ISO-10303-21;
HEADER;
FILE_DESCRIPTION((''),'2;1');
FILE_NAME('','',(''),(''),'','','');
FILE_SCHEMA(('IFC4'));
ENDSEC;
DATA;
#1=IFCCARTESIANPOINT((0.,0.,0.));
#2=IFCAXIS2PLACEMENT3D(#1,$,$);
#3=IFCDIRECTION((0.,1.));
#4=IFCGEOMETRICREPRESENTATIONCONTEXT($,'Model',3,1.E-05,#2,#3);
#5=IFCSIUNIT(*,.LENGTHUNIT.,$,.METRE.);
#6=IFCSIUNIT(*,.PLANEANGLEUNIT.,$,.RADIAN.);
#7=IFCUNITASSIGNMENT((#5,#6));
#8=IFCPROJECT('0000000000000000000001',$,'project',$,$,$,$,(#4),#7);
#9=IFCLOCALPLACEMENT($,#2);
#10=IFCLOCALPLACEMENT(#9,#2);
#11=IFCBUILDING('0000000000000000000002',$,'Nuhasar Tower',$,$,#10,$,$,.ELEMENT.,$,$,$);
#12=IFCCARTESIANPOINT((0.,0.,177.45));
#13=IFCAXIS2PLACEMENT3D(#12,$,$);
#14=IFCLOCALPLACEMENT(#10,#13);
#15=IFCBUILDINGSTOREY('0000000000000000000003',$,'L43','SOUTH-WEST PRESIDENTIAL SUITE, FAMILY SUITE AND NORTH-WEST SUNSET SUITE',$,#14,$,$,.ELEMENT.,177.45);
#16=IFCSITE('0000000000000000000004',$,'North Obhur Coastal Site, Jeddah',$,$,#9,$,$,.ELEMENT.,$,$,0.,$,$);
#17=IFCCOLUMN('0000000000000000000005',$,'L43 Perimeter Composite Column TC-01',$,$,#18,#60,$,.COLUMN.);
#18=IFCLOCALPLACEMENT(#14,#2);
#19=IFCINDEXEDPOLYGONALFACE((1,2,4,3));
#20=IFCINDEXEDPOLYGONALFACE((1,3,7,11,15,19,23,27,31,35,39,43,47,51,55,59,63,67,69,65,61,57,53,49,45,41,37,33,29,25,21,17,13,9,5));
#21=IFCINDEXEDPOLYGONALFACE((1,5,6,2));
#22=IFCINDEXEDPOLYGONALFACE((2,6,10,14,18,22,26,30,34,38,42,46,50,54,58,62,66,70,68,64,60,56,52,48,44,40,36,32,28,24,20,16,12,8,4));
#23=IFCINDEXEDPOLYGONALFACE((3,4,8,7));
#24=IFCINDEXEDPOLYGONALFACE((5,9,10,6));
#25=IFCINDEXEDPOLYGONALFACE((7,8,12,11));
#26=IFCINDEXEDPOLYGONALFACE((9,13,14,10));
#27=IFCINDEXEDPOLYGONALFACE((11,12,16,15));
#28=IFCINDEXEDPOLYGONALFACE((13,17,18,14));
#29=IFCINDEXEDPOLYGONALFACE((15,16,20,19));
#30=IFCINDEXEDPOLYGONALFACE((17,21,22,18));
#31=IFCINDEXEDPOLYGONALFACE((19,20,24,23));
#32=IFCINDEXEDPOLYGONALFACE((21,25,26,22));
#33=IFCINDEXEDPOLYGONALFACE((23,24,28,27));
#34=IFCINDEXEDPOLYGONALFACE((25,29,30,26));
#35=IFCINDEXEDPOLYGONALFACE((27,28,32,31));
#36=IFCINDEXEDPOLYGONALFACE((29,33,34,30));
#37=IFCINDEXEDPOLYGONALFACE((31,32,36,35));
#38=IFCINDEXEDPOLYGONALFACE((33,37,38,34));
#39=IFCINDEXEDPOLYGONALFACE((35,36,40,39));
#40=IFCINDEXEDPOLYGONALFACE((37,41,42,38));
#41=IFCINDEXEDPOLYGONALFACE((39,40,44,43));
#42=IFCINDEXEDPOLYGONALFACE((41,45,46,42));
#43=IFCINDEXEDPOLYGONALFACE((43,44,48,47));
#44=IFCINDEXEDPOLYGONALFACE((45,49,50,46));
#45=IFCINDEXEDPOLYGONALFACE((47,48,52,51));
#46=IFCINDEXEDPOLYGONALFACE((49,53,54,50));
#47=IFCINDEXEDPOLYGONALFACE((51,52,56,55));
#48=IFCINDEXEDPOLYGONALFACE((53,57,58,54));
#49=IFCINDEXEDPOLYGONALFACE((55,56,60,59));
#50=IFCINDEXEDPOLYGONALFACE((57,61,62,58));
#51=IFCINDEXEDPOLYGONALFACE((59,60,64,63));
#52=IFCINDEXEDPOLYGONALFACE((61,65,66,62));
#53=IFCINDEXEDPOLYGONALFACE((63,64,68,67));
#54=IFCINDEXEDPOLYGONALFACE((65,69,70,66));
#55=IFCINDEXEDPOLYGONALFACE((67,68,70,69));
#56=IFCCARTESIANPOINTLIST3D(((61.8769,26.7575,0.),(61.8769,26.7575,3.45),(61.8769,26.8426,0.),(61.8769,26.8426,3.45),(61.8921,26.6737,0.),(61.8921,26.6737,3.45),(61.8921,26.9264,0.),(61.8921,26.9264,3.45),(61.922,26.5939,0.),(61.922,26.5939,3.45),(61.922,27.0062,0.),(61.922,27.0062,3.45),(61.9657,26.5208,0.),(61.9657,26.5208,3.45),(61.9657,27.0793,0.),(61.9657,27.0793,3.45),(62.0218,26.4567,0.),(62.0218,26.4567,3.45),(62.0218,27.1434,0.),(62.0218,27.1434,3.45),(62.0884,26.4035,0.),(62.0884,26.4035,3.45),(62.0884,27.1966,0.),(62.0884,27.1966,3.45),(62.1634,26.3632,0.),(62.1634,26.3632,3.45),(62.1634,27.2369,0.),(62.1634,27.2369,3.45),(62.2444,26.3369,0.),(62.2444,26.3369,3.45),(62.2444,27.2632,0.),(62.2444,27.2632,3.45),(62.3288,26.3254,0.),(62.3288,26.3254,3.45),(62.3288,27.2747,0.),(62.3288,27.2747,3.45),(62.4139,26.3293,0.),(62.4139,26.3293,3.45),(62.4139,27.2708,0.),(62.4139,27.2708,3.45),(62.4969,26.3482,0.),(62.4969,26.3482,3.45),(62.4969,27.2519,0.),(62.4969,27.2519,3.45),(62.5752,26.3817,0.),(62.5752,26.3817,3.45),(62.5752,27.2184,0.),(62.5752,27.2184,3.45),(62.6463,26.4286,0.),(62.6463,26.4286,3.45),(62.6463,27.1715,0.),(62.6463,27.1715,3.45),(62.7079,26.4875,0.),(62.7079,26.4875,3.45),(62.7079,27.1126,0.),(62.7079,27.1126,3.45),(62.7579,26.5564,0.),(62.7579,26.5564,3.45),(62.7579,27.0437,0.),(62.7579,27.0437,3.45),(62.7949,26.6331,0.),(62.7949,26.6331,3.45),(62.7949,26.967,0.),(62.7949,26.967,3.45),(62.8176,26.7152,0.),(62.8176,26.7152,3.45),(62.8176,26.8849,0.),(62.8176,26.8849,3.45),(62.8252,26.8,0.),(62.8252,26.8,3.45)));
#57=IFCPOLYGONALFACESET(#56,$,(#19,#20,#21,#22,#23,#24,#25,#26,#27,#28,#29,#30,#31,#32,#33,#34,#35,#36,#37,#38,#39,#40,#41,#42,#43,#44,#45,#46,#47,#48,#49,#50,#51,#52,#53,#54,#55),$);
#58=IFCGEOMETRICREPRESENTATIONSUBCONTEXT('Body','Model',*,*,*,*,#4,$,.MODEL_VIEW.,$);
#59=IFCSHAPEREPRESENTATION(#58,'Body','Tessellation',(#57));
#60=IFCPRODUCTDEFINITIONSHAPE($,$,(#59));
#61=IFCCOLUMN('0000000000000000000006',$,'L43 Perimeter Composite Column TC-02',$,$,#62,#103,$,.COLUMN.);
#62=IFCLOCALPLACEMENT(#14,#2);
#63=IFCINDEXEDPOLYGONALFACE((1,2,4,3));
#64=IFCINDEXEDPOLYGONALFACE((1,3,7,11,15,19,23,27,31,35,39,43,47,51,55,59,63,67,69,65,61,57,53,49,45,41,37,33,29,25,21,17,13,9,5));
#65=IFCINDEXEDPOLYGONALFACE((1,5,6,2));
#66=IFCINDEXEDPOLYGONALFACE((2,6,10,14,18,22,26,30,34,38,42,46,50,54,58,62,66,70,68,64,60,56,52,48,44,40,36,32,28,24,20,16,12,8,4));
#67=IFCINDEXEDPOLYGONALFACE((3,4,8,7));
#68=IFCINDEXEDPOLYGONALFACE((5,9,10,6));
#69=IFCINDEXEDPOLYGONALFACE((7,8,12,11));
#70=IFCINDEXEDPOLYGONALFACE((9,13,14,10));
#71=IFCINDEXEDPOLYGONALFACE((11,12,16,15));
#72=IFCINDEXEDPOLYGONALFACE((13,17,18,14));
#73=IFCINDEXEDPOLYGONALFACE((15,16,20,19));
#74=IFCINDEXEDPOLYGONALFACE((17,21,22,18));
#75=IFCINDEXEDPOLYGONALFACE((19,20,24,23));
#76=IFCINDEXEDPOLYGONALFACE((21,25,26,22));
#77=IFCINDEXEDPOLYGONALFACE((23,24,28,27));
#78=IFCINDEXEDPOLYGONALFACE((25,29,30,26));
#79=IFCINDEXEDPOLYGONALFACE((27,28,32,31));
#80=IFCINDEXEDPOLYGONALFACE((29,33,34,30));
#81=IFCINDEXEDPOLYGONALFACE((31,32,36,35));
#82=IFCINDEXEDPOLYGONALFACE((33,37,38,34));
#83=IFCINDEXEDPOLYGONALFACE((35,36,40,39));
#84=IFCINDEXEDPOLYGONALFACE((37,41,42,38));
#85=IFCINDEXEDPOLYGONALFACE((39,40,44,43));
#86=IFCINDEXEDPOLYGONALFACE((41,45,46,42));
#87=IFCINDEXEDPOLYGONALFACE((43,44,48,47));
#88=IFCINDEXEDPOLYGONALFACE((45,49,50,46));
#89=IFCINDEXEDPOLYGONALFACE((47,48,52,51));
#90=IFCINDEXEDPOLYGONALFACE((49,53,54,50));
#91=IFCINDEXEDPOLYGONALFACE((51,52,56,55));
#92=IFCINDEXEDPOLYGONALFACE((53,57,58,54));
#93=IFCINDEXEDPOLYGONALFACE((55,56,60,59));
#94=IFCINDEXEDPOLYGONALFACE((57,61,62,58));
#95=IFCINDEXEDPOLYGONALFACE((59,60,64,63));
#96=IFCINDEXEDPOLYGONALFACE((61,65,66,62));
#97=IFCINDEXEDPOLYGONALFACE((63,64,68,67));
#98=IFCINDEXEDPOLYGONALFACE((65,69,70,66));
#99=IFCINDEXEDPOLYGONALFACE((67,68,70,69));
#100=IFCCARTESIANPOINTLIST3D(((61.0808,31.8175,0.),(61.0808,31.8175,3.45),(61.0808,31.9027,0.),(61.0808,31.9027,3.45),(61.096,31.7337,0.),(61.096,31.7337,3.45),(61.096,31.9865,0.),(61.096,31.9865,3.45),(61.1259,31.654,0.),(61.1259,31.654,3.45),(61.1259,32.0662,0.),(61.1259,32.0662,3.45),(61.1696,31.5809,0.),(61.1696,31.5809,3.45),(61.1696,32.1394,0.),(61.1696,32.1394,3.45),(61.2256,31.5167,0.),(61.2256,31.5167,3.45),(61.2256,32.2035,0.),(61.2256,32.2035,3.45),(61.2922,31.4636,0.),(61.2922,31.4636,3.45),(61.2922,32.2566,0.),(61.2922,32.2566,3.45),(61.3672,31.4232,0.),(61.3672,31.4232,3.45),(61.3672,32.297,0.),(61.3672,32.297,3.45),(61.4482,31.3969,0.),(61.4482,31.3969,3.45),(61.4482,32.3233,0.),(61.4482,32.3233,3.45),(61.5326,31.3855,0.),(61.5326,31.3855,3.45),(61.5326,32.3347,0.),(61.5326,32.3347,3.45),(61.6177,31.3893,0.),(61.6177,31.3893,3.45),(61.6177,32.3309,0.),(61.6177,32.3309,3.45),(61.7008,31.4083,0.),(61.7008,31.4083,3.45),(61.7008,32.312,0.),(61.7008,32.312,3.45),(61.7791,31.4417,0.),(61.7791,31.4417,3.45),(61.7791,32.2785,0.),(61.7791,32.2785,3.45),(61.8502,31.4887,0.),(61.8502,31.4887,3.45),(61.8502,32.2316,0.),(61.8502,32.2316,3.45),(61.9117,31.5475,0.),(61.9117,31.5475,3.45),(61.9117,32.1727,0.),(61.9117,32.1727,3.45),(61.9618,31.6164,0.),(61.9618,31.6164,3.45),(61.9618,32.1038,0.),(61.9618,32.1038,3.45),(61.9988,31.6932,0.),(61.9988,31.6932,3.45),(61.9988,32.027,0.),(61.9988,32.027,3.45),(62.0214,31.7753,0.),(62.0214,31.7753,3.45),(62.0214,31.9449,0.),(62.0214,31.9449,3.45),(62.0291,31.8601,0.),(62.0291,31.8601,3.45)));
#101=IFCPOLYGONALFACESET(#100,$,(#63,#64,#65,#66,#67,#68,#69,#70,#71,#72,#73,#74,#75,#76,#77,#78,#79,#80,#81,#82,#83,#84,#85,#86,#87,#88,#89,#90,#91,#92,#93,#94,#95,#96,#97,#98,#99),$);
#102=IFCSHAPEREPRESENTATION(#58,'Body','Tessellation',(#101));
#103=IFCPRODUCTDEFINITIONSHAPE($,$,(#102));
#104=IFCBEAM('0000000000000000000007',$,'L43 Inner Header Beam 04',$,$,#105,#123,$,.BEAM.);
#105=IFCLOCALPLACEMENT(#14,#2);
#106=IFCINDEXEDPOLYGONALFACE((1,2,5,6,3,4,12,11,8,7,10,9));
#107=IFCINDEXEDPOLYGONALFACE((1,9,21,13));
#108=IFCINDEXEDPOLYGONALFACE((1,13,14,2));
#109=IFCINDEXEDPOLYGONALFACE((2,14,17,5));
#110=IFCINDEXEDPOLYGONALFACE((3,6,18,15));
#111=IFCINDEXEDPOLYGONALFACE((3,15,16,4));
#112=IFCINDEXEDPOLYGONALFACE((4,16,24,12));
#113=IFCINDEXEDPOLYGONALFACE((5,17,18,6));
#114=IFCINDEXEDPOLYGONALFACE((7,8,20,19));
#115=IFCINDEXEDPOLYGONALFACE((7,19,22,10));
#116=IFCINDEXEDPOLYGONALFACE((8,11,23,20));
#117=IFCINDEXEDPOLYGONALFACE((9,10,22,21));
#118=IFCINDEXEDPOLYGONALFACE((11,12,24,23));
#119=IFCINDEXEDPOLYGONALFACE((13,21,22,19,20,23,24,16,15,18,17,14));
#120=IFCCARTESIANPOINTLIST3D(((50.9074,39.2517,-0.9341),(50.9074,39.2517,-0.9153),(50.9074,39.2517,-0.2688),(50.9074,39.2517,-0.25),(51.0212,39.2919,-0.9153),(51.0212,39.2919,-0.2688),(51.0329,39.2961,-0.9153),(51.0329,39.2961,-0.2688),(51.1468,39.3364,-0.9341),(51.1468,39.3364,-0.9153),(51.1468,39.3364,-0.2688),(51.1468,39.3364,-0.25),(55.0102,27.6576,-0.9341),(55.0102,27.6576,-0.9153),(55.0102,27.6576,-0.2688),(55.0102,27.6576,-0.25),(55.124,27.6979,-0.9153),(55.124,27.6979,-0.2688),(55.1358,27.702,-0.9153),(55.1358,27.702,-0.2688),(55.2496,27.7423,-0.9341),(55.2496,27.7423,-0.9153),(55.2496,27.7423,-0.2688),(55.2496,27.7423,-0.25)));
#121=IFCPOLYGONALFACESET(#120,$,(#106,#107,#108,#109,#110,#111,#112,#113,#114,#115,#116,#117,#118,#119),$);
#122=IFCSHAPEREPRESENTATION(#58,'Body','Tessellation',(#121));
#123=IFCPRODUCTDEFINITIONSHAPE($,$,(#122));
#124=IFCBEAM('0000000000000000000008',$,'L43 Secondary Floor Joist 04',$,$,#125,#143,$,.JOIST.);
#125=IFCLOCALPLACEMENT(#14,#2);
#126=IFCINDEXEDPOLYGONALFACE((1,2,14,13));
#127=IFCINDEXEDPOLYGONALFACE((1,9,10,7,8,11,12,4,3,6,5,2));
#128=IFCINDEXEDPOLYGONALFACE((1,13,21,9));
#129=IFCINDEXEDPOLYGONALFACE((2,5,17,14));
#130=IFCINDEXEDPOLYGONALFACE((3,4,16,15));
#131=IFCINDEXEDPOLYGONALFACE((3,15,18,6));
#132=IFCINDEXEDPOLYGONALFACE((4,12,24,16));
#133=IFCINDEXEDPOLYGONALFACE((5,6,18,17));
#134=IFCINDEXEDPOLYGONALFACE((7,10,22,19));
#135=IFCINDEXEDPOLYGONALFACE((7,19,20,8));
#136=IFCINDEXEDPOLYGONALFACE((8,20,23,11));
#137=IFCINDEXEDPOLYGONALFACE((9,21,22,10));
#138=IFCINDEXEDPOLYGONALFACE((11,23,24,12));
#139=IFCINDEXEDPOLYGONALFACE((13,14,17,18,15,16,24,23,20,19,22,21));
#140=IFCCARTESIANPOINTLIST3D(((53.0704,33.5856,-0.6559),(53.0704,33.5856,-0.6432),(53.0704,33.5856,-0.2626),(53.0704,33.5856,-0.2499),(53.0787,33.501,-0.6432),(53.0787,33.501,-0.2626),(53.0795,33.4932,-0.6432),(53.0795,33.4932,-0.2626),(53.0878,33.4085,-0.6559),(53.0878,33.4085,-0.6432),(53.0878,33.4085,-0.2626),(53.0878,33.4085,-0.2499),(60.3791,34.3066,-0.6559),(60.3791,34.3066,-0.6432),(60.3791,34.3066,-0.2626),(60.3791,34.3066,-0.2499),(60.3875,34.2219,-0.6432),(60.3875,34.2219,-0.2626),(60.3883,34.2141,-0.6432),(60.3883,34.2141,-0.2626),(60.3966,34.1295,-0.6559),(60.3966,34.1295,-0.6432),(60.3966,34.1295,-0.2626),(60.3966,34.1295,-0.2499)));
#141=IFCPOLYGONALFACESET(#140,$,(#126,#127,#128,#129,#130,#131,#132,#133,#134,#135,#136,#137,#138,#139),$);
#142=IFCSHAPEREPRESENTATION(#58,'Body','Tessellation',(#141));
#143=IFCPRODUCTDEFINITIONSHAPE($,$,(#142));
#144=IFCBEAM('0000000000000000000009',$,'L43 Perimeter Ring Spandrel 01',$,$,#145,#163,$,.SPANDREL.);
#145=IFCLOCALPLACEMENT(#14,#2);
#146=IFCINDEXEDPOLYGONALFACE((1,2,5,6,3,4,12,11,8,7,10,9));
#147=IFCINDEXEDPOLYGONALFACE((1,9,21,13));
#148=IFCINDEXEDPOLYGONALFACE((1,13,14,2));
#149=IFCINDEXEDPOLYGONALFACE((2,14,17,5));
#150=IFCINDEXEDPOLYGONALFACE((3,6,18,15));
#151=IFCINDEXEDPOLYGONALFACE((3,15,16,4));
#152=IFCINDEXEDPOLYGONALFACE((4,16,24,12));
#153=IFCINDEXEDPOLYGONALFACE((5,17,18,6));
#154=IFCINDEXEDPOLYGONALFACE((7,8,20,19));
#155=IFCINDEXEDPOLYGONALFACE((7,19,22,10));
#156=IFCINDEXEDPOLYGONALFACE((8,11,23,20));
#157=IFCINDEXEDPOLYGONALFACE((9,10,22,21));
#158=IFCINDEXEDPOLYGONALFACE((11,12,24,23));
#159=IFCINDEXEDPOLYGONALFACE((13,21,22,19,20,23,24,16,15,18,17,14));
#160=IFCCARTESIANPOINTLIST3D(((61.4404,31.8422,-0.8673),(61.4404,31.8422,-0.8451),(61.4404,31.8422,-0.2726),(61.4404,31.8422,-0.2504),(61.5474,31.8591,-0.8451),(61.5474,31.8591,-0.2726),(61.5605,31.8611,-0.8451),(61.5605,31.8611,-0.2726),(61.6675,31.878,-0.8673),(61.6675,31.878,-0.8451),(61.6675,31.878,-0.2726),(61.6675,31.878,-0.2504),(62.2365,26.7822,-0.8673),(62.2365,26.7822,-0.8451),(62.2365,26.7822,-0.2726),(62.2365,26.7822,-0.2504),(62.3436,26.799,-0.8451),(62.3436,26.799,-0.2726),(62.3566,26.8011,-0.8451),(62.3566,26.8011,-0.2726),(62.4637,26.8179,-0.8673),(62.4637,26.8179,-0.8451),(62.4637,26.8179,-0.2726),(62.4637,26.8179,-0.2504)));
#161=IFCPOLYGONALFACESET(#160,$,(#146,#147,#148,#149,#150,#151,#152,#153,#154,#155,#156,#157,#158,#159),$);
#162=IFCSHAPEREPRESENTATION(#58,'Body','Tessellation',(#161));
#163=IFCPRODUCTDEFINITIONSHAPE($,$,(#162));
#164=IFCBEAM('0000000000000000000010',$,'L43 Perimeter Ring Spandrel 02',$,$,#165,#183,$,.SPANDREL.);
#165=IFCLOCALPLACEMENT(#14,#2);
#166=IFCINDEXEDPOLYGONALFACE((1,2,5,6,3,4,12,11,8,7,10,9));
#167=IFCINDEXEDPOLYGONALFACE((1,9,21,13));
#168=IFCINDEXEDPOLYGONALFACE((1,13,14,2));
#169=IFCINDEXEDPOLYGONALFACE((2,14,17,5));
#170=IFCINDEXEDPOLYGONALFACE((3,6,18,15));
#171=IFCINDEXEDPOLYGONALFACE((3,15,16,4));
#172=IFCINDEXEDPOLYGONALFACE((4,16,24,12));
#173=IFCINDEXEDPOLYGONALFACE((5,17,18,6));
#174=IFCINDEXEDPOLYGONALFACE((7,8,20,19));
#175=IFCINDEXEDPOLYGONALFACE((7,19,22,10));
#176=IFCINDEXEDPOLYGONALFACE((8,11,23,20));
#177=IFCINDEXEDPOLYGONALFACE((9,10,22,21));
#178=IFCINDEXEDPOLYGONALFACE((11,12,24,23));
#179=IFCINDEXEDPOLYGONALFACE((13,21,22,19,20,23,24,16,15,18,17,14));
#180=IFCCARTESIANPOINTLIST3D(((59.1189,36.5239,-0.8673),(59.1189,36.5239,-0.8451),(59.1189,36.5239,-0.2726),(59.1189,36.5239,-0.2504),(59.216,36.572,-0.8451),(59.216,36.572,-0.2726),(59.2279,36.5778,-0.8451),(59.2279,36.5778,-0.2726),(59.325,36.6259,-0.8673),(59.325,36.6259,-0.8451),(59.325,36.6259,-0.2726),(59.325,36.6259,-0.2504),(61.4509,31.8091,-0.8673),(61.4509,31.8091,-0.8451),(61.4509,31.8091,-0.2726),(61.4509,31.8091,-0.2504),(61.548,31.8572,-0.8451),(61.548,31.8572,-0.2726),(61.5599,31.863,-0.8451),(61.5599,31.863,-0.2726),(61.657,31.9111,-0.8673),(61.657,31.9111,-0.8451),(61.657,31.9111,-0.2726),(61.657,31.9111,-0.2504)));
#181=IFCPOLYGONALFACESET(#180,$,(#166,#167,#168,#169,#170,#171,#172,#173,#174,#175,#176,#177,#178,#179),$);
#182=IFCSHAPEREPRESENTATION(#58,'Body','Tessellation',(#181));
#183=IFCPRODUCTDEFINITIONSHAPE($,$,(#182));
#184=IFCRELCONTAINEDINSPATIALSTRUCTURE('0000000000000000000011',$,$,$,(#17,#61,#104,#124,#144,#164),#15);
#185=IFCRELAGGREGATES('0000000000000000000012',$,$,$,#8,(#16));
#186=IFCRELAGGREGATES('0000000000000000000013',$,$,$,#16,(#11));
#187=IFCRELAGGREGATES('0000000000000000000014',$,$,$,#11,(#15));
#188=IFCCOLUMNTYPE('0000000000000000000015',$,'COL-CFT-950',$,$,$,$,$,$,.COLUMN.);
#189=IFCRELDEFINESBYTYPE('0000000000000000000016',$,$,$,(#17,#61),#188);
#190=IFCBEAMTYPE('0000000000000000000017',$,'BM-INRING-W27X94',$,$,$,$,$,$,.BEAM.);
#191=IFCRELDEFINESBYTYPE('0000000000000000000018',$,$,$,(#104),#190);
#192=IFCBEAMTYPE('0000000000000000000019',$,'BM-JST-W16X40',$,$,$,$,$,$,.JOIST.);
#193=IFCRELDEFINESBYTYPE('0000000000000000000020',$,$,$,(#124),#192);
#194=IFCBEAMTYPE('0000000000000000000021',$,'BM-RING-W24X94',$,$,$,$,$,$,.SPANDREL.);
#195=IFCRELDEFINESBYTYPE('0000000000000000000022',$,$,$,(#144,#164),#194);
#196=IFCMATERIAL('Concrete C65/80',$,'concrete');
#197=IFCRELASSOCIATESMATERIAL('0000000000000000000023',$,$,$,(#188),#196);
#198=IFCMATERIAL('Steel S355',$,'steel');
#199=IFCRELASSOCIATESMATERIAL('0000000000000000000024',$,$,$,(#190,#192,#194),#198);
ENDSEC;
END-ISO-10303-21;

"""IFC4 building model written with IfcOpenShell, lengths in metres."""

from ifc_helpers import new_model, si_unit, direction, frame, origin, origin_2d, place, context, subcontext, project, spatial, circle, i_section, extrude, material, material_profile, profile_set, type_object, element, save


model = new_model("IFC4")

# Units and contexts
model_context = context("Model", 3, precision=1e-05, world=origin(), true_north=direction((0.0, 1.0)))
body_context = subcontext(model_context, "Body", "Model", "MODEL_VIEW")
ifc_project = project(units=[si_unit("LENGTHUNIT", "METRE"), si_unit("PLANEANGLEUNIT", "RADIAN")], contexts=[model_context])

# Site, building, storey
site_placement = place(None, origin())
site = spatial("IfcSite", under=ifc_project, at=site_placement, Name="North Obhur Coastal Site, Jeddah", CompositionType="ELEMENT", RefElevation=0.0)
building_placement = place(site_placement, origin())
building = spatial("IfcBuilding", under=site, at=building_placement, Name="Nuhasar Tower", CompositionType="ELEMENT")
storey_placement = place(building_placement, frame((0.0, 0.0, 177.45)))
storey = spatial("IfcBuildingStorey", under=building, at=storey_placement, Name="L43", Description="SOUTH-WEST PRESIDENTIAL SUITE, FAMILY SUITE AND NORTH-WEST SUNSET SUITE", CompositionType="ELEMENT", Elevation=177.45)

# Columns
ifc_material_1 = material(Name="Concrete C65/80", Category="concrete")
ifc_material_profile_1 = material_profile(ifc_material_1, circle(Radius=0.4751, at=origin_2d()), Name="CFT950")
ifc_profile_set_1 = profile_set([ifc_material_profile_1], Name="Concrete C65/80")
column_type = type_object("IfcColumnType", Name="COL-CFT-950", PredefinedType="COLUMN", material=ifc_profile_set_1)
for number, where, z_axis, x_axis, name in (
    (1, (62.3501, 26.8, 0.0), (0.0, 0.0, 1.0), (1.0, 0.0, 0.0), "L43 Perimeter Composite Column TC-01"),
    (2, (61.554, 31.8601, 0.0), (0.0, 0.0, 1.0), (1.0, 0.0, 0.0), "L43 Perimeter Composite Column TC-02"),
):
    element("IfcColumn", number, at=place(storey_placement, frame(where, z_axis=z_axis, x_axis=x_axis)), inside=storey, type_object=column_type, Name=name, PredefinedType="COLUMN", context=body_context, shape_type="SweptSolid", body=[
        extrude(circle(Radius=0.4751, at=origin_2d()), origin(), (0.0, 0.0, 1.0), 3.45),
    ])

# Beams
ifc_material_2 = material(Name="Steel S355", Category="steel")
ifc_material_profile_2 = material_profile(ifc_material_2, i_section(OverallWidth=0.2539, OverallDepth=0.6841, WebThickness=0.0125, FlangeThickness=0.0188, at=origin_2d()), Name="W27X94")
ifc_profile_set_2 = profile_set([ifc_material_profile_2], Name="Steel S355")
beam_type_1 = type_object("IfcBeamType", Name="BM-INRING-W27X94", PredefinedType="BEAM", material=ifc_profile_set_2)
beam_1_placement = place(storey_placement, frame((55.1299, 27.7, -0.592), z_axis=(-0.3336, 0.942715, 0.0), x_axis=(-0.942715, -0.3336, 0.0)))
element("IfcBeam", 3, at=beam_1_placement, inside=storey, type_object=beam_type_1, Name="L43 Inner Header Beam 04", PredefinedType="BEAM", context=body_context, shape_type="SweptSolid", body=[
    extrude(i_section(OverallWidth=0.2539, OverallDepth=0.6841, WebThickness=0.0125, FlangeThickness=0.0188, at=origin_2d()), origin(), (0.0, 0.0, 1.0), 12.2986),
])
ifc_material_profile_3 = material_profile(ifc_material_2, i_section(OverallWidth=0.178, OverallDepth=0.406, WebThickness=0.0078, FlangeThickness=0.0127, at=origin_2d()), Name="W16X40")
ifc_profile_set_3 = profile_set([ifc_material_profile_3], Name="Steel S355")
beam_type_2 = type_object("IfcBeamType", Name="BM-JST-W16X40", PredefinedType="JOIST", material=ifc_profile_set_3)
beam_2_placement = place(storey_placement, frame((53.0791, 33.4971, -0.4529), z_axis=(0.99517, 0.098164, 0.0), x_axis=(-0.098164, 0.99517, 0.0)))
element("IfcBeam", 4, at=beam_2_placement, inside=storey, type_object=beam_type_2, Name="L43 Secondary Floor Joist 04", PredefinedType="JOIST", context=body_context, shape_type="SweptSolid", body=[
    extrude(i_section(OverallWidth=0.178, OverallDepth=0.406, WebThickness=0.0078, FlangeThickness=0.0127, at=origin_2d()), origin(), (0.0, 0.0, 1.0), 7.3442),
])
ifc_material_profile_4 = material_profile(ifc_material_2, i_section(OverallWidth=0.23, OverallDepth=0.6169, WebThickness=0.0132, FlangeThickness=0.0222, at=origin_2d()), Name="W24X94")
ifc_profile_set_4 = profile_set([ifc_material_profile_4], Name="Steel S355")
beam_type_3 = type_object("IfcBeamType", Name="BM-RING-W24X94", PredefinedType="SPANDREL", material=ifc_profile_set_4)
beam_3_placement = place(storey_placement, frame((62.3501, 26.8, -0.5588), z_axis=(-0.155427, 0.987847, 0.0), x_axis=(-0.987847, -0.155427, 0.0)))
element("IfcBeam", 5, at=beam_3_placement, inside=storey, type_object=beam_type_3, Name="L43 Perimeter Ring Spandrel 01", PredefinedType="SPANDREL", context=body_context, shape_type="SweptSolid", body=[
    extrude(i_section(OverallWidth=0.23, OverallDepth=0.6169, WebThickness=0.0132, FlangeThickness=0.0222, at=origin_2d()), origin(), (0.0, 0.0, 1.0), 5.1223),
])
beam_4_placement = place(storey_placement, frame((61.554, 31.8601, -0.5588), z_axis=(-0.443348, 0.89635, 0.0), x_axis=(-0.89635, -0.443348, 0.0)))
element("IfcBeam", 6, at=beam_4_placement, inside=storey, type_object=beam_type_3, Name="L43 Perimeter Ring Spandrel 02", PredefinedType="SPANDREL", context=body_context, shape_type="SweptSolid", body=[
    extrude(i_section(OverallWidth=0.23, OverallDepth=0.6169, WebThickness=0.0132, FlangeThickness=0.0222, at=origin_2d()), origin(), (0.0, 0.0, 1.0), 5.26),
])

save(model, "model.ifc")
